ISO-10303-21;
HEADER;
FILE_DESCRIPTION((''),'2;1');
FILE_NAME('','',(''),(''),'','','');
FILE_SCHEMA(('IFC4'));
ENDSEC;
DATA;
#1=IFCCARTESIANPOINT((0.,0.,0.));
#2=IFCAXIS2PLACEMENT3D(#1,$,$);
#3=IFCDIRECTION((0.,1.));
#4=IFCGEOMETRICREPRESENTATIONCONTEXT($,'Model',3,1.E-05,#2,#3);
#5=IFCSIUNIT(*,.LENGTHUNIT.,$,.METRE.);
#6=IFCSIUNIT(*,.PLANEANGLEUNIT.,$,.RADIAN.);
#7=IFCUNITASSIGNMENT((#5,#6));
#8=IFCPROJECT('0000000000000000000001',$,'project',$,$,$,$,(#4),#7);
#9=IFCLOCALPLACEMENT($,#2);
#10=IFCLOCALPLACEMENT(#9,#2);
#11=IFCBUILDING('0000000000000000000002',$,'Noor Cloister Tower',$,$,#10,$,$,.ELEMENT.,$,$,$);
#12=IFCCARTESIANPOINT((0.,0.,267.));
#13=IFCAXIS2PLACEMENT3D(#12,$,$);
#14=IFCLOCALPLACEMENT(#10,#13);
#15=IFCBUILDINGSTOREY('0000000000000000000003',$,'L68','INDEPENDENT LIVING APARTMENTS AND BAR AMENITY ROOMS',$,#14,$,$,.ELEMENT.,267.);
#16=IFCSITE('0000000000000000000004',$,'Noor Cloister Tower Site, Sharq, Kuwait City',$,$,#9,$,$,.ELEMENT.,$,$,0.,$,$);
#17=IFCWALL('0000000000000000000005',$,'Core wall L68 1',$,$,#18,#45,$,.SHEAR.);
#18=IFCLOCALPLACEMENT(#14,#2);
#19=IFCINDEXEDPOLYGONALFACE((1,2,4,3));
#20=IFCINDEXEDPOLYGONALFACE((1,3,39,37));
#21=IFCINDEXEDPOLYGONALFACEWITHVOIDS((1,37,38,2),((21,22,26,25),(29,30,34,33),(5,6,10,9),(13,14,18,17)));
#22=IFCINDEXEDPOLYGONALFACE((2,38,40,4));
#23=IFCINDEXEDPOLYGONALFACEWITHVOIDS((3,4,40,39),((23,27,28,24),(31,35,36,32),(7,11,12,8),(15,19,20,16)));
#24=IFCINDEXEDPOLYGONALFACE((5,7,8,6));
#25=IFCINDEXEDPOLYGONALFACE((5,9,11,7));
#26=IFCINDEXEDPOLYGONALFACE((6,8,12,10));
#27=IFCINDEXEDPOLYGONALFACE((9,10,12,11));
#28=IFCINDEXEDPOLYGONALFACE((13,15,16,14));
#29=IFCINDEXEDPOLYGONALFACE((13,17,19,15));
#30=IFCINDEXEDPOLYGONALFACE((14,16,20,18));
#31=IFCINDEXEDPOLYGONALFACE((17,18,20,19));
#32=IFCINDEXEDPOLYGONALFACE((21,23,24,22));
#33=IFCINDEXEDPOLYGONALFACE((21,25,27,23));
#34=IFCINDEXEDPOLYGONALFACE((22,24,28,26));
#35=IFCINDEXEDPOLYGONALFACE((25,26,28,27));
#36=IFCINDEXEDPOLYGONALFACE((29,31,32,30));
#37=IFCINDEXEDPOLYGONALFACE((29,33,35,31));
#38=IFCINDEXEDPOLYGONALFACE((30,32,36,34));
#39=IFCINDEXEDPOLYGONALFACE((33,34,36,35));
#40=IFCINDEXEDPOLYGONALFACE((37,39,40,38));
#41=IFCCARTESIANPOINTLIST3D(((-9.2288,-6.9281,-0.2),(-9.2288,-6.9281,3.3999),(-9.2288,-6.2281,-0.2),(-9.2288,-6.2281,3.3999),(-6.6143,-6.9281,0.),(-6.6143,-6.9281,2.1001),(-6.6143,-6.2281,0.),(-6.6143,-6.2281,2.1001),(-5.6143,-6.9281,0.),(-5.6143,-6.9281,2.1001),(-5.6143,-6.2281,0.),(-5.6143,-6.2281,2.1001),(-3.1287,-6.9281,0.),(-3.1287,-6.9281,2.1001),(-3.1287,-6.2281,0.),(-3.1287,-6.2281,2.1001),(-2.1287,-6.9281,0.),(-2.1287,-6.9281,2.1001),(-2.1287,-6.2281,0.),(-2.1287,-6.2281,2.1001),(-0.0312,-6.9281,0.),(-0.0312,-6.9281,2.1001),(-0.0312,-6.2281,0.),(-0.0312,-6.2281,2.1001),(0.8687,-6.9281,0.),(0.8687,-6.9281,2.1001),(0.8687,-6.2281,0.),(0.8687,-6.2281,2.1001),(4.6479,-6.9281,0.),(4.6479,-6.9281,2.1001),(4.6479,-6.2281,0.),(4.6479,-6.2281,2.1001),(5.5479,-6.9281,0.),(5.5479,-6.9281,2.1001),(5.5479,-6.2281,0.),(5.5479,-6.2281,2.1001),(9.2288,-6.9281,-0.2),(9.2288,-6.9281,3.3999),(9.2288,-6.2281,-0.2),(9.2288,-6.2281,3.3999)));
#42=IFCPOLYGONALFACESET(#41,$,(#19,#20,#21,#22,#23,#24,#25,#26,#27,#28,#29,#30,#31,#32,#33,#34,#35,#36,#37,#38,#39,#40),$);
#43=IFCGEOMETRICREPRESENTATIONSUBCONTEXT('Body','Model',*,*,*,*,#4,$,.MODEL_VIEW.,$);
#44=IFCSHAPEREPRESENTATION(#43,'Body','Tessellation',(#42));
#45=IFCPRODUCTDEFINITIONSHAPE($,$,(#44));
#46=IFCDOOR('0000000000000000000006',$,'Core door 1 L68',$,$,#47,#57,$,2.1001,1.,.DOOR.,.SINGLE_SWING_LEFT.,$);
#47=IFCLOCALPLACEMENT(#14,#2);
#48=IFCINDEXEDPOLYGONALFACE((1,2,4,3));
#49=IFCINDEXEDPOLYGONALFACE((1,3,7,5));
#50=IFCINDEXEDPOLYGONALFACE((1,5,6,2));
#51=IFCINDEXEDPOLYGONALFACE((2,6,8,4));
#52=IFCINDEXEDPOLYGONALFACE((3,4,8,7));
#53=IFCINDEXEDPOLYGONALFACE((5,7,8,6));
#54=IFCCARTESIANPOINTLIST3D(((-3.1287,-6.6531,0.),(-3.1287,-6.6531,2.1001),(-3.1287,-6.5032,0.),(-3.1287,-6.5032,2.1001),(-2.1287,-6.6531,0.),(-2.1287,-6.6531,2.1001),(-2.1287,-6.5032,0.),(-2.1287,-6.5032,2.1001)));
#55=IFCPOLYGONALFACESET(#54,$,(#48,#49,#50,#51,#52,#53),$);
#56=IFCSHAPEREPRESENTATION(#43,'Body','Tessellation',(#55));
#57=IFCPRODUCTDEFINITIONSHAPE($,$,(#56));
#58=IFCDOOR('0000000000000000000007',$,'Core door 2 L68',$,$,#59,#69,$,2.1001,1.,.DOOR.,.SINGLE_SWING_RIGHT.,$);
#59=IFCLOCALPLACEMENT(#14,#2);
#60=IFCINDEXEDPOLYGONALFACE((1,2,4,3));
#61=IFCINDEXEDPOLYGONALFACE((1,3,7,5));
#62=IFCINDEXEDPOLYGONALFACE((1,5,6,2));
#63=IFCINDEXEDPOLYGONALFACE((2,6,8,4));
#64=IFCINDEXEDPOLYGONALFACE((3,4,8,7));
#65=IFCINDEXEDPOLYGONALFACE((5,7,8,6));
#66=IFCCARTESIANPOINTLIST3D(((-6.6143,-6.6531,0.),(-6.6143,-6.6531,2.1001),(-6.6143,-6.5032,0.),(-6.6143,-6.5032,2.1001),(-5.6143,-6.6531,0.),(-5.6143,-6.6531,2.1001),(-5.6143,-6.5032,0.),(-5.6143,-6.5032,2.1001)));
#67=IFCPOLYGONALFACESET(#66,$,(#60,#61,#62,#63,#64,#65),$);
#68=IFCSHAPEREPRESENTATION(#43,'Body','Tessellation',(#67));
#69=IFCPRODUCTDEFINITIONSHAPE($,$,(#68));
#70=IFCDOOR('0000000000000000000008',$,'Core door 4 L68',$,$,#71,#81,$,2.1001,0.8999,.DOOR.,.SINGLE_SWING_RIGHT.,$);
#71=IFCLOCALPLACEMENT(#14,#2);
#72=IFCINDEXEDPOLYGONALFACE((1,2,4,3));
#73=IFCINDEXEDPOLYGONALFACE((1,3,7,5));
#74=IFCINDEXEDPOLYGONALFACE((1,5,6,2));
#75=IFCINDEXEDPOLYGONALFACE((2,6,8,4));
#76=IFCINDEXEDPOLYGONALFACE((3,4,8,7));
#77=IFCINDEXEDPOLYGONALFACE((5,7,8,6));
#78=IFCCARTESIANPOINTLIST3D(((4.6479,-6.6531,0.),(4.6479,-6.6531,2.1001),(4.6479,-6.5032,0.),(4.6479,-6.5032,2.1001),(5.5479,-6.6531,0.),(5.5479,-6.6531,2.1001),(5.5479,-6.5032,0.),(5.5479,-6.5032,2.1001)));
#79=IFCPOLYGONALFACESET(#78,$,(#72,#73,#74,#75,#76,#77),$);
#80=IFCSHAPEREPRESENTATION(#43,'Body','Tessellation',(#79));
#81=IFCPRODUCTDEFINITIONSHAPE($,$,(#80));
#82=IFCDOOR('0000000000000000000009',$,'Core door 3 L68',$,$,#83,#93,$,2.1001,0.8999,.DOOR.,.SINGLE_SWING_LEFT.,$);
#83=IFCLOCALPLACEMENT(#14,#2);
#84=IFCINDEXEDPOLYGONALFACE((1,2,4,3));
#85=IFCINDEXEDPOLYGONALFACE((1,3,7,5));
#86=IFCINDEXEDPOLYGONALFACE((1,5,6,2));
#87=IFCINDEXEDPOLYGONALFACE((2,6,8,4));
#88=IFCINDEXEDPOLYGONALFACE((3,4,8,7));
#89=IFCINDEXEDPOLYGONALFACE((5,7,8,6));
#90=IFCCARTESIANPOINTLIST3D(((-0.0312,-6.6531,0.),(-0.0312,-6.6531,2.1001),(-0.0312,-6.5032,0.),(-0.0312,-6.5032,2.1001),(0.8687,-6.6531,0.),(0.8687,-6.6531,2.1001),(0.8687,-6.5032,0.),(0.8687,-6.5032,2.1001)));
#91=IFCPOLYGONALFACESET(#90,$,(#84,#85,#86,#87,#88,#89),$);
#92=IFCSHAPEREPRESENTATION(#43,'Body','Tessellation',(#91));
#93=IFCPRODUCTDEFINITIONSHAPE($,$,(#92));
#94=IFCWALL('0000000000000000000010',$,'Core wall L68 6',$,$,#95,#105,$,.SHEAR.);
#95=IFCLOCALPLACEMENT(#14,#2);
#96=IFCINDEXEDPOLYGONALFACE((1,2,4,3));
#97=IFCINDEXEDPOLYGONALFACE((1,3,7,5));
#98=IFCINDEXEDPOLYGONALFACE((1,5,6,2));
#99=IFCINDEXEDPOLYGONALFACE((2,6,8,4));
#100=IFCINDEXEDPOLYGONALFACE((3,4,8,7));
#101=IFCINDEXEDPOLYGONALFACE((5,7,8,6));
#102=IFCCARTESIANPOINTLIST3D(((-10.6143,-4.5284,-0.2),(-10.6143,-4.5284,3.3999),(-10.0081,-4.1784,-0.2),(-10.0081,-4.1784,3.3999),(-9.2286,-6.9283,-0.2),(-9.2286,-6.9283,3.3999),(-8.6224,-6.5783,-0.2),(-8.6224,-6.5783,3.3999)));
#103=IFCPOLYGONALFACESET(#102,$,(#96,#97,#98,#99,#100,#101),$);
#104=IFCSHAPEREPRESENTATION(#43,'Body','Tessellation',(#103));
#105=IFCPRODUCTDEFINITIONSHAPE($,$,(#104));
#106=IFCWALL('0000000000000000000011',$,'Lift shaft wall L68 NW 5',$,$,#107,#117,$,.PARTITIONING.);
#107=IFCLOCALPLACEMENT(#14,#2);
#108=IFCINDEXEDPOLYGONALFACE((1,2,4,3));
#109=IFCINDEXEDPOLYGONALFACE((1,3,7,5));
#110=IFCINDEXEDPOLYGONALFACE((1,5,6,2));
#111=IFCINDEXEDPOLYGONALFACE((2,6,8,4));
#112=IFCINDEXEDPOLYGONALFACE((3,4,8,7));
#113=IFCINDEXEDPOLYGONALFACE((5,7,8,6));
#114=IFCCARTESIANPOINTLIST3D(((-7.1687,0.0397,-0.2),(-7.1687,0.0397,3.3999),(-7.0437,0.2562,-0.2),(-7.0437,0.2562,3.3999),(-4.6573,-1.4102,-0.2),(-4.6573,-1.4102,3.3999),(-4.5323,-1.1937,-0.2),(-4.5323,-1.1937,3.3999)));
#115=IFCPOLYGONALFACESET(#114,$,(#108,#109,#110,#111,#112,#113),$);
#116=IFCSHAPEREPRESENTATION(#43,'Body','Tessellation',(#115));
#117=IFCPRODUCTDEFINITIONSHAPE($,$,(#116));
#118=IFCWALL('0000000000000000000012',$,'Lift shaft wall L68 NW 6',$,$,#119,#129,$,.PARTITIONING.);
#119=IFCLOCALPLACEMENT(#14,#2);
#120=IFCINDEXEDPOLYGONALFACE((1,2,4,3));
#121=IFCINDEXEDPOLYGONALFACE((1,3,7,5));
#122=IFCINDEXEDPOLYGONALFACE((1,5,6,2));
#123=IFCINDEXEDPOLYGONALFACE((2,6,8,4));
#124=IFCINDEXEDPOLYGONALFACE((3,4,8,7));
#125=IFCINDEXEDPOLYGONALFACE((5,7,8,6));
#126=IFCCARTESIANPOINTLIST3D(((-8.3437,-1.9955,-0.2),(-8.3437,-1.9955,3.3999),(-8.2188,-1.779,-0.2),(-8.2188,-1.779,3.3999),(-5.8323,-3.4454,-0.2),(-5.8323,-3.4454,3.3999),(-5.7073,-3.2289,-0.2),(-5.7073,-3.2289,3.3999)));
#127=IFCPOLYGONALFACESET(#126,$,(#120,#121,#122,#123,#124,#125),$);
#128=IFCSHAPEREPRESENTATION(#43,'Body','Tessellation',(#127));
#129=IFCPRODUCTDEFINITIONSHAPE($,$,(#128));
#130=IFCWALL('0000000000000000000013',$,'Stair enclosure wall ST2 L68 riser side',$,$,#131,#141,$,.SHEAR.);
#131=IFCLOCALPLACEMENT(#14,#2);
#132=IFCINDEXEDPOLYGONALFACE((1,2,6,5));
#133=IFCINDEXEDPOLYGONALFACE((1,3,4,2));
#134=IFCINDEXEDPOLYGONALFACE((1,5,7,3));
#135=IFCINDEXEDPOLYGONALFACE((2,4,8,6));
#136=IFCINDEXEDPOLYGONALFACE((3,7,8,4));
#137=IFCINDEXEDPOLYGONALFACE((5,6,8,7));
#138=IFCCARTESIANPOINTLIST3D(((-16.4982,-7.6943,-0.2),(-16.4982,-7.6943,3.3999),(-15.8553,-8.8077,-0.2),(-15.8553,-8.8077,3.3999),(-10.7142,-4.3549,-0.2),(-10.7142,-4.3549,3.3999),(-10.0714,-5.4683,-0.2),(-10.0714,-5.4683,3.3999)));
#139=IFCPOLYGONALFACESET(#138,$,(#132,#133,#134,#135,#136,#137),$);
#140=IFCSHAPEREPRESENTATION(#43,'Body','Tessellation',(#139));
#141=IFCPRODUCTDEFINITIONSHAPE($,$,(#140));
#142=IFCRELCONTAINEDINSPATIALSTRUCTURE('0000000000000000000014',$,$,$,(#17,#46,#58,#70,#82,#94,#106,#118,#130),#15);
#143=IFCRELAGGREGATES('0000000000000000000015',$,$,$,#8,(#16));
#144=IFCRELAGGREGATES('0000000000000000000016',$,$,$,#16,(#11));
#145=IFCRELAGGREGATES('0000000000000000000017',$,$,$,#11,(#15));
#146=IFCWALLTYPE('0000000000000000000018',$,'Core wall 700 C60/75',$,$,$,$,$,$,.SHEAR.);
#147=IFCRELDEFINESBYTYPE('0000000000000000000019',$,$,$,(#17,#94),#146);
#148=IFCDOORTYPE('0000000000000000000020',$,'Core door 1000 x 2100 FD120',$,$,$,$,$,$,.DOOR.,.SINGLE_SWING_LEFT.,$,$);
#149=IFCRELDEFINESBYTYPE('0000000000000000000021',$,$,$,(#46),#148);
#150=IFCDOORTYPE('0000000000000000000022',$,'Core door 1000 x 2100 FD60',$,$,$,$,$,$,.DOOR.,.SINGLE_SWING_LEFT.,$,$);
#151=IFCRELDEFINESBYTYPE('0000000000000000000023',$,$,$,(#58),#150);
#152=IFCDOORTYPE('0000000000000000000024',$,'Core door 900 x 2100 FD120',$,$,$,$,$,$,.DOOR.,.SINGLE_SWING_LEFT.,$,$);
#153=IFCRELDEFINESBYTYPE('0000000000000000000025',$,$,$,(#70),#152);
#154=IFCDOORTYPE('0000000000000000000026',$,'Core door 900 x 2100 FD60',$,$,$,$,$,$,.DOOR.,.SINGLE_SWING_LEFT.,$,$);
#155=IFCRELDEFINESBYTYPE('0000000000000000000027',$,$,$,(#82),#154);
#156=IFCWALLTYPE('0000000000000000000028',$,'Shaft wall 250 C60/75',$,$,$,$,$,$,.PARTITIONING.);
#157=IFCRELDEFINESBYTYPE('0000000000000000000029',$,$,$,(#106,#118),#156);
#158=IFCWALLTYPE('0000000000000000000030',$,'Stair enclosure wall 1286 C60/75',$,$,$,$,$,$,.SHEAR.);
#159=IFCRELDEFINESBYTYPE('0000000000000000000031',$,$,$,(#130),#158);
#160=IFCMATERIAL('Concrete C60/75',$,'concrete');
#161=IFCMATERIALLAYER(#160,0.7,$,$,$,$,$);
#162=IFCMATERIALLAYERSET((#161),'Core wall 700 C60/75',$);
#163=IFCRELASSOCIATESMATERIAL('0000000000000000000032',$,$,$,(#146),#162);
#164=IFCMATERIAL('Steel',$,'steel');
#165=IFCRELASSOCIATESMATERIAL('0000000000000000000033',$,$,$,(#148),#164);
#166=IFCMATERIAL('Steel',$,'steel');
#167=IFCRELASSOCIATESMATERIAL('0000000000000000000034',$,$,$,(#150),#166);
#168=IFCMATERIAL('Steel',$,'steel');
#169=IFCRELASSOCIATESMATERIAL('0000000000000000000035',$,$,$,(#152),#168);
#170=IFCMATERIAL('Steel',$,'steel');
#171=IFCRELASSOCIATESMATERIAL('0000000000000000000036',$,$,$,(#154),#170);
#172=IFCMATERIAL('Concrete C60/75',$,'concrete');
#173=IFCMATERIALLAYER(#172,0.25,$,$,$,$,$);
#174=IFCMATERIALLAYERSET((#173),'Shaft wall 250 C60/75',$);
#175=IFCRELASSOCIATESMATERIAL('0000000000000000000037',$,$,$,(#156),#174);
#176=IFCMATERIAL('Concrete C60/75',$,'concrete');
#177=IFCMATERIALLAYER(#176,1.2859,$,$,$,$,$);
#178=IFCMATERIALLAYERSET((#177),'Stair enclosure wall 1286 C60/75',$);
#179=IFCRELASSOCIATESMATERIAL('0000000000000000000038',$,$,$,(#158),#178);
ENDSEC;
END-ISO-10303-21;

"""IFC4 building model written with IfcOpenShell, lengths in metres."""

from ifc_helpers import new_model, si_unit, direction, frame, frame_2d, origin, place, context, subcontext, project, spatial, rectangle, extrude, material, layer, layer_set, type_object, element, fill, save


model = new_model("IFC4")

# Units and contexts
model_context = context("Model", 3, precision=1e-05, world=origin(), true_north=direction((0.0, 1.0)))
body_context = subcontext(model_context, "Body", "Model", "MODEL_VIEW")
ifc_project = project(units=[si_unit("LENGTHUNIT", "METRE"), si_unit("PLANEANGLEUNIT", "RADIAN")], contexts=[model_context])

# Site, building, storey
site_placement = place(None, origin())
site = spatial("IfcSite", under=ifc_project, at=site_placement, Name="Noor Cloister Tower Site, Sharq, Kuwait City", CompositionType="ELEMENT", RefElevation=0.0)
building_placement = place(site_placement, origin())
building = spatial("IfcBuilding", under=site, at=building_placement, Name="Noor Cloister Tower", CompositionType="ELEMENT")
storey_placement = place(building_placement, frame((0.0, 0.0, 267.0)))
storey = spatial("IfcBuildingStorey", under=building, at=storey_placement, Name="L68", Description="INDEPENDENT LIVING APARTMENTS AND BAR AMENITY ROOMS", CompositionType="ELEMENT", Elevation=267.0)

# Wall, openings, doors
ifc_material_1 = material(Name="Concrete C60/75", Category="concrete")
ifc_layer_1 = layer(ifc_material_1, 0.7)
ifc_layer_set_1 = layer_set([ifc_layer_1], Name="Core wall 700 C60/75")
wall_type_1 = type_object("IfcWallType", Name="Core wall 700 C60/75", PredefinedType="SHEAR", material=ifc_layer_set_1)
wall_1_placement = place(storey_placement, frame((-9.2288, -6.5781, -0.2), z_axis=(0.0, 0.0, 1.0), x_axis=(1.0, 0.0, 0.0)))
wall_1 = element("IfcWall", 1, at=wall_1_placement, inside=storey, type_object=wall_type_1, Name="Core wall L68 1", PredefinedType="SHEAR", context=body_context, shape_type="SweptSolid", body=[
    extrude(rectangle(XDim=18.4575, YDim=0.7, at=frame_2d((9.2288, 0.0))), origin(), (0.0, 0.0, 1.0), 3.5999),
])
opening_1_placement = place(wall_1_placement, frame((6.1001, 0.0, 0.2)))
opening_1 = element("IfcOpeningElement", 2, at=opening_1_placement, cuts=wall_1, PredefinedType="OPENING", context=body_context, shape_type="SweptSolid", body=[
    extrude(rectangle(XDim=1.0, YDim=2.1001, at=frame_2d((0.5, 1.05))), frame((0.0, 0.3599, 0.0), z_axis=(0.0, -1.0, 0.0), x_axis=(1.0, 0.0, 0.0)), (0.0, 0.0, 1.0), 0.72),
])
opening_2_placement = place(wall_1_placement, frame((2.6145, 0.0, 0.2)))
opening_2 = element("IfcOpeningElement", 3, at=opening_2_placement, cuts=wall_1, PredefinedType="OPENING", context=body_context, shape_type="SweptSolid", body=[
    extrude(rectangle(XDim=1.0, YDim=2.1001, at=frame_2d((0.5, 1.05))), frame((0.0, 0.3599, 0.0), z_axis=(0.0, -1.0, 0.0), x_axis=(1.0, 0.0, 0.0)), (0.0, 0.0, 1.0), 0.72),
])
opening_3_placement = place(wall_1_placement, frame((9.1975, 0.0, 0.2)))
opening_3 = element("IfcOpeningElement", 4, at=opening_3_placement, cuts=wall_1, PredefinedType="OPENING", context=body_context, shape_type="SweptSolid", body=[
    extrude(rectangle(XDim=0.8999, YDim=2.1001, at=frame_2d((0.45, 1.05))), frame((0.0, 0.3599, 0.0), z_axis=(0.0, -1.0, 0.0), x_axis=(1.0, 0.0, 0.0)), (0.0, 0.0, 1.0), 0.72),
])
opening_4_placement = place(wall_1_placement, frame((13.8767, 0.0, 0.2)))
opening_4 = element("IfcOpeningElement", 5, at=opening_4_placement, cuts=wall_1, PredefinedType="OPENING", context=body_context, shape_type="SweptSolid", body=[
    extrude(rectangle(XDim=0.8999, YDim=2.1001, at=frame_2d((0.45, 1.05))), frame((0.0, 0.3599, 0.0), z_axis=(0.0, -1.0, 0.0), x_axis=(1.0, 0.0, 0.0)), (0.0, 0.0, 1.0), 0.72),
])
ifc_material_2 = material(Name="Steel", Category="steel")
door_type_1 = type_object("IfcDoorType", Name="Core door 1000 x 2100 FD120", OperationType="SINGLE_SWING_LEFT", PredefinedType="DOOR", material=ifc_material_2)
door_1_placement = place(opening_1_placement, origin())
door_1 = element("IfcDoor", 6, at=door_1_placement, inside=storey, type_object=door_type_1, Name="Core door 1 L68", OperationType="SINGLE_SWING_LEFT", OverallHeight=2.1001, OverallWidth=1.0, PredefinedType="DOOR", context=body_context, shape_type="SweptSolid", body=[
    extrude(rectangle(XDim=1.0, YDim=2.1001, at=frame_2d((0.5, 1.05))), frame((0.0, 0.075, 0.0), z_axis=(0.0, -1.0, 0.0), x_axis=(1.0, 0.0, 0.0)), (0.0, 0.0, 1.0), 0.1499),
])
fill(opening_1, door_1)
ifc_material_3 = material(Name="Steel", Category="steel")
door_type_2 = type_object("IfcDoorType", Name="Core door 1000 x 2100 FD60", OperationType="SINGLE_SWING_LEFT", PredefinedType="DOOR", material=ifc_material_3)
door_2_placement = place(opening_2_placement, origin())
door_2 = element("IfcDoor", 7, at=door_2_placement, inside=storey, type_object=door_type_2, Name="Core door 2 L68", OperationType="SINGLE_SWING_RIGHT", OverallHeight=2.1001, OverallWidth=1.0, PredefinedType="DOOR", context=body_context, shape_type="SweptSolid", body=[
    extrude(rectangle(XDim=1.0, YDim=2.1001, at=frame_2d((0.5, 1.05))), frame((0.0, 0.075, 0.0), z_axis=(0.0, -1.0, 0.0), x_axis=(1.0, 0.0, 0.0)), (0.0, 0.0, 1.0), 0.1499),
])
fill(opening_2, door_2)
ifc_material_4 = material(Name="Steel", Category="steel")
door_type_3 = type_object("IfcDoorType", Name="Core door 900 x 2100 FD120", OperationType="SINGLE_SWING_LEFT", PredefinedType="DOOR", material=ifc_material_4)
door_3_placement = place(opening_4_placement, origin())
door_3 = element("IfcDoor", 8, at=door_3_placement, inside=storey, type_object=door_type_3, Name="Core door 4 L68", OperationType="SINGLE_SWING_RIGHT", OverallHeight=2.1001, OverallWidth=0.8999, PredefinedType="DOOR", context=body_context, shape_type="SweptSolid", body=[
    extrude(rectangle(XDim=0.8999, YDim=2.1001, at=frame_2d((0.45, 1.05))), frame((0.0, 0.075, 0.0), z_axis=(0.0, -1.0, 0.0), x_axis=(1.0, 0.0, 0.0)), (0.0, 0.0, 1.0), 0.1499),
])
fill(opening_4, door_3)
ifc_material_5 = material(Name="Steel", Category="steel")
door_type_4 = type_object("IfcDoorType", Name="Core door 900 x 2100 FD60", OperationType="SINGLE_SWING_LEFT", PredefinedType="DOOR", material=ifc_material_5)
door_4_placement = place(opening_3_placement, origin())
door_4 = element("IfcDoor", 9, at=door_4_placement, inside=storey, type_object=door_type_4, Name="Core door 3 L68", OperationType="SINGLE_SWING_LEFT", OverallHeight=2.1001, OverallWidth=0.8999, PredefinedType="DOOR", context=body_context, shape_type="SweptSolid", body=[
    extrude(rectangle(XDim=0.8999, YDim=2.1001, at=frame_2d((0.45, 1.05))), frame((0.0, 0.075, 0.0), z_axis=(0.0, -1.0, 0.0), x_axis=(1.0, 0.0, 0.0)), (0.0, 0.0, 1.0), 0.1499),
])
fill(opening_3, door_4)

# Walls
wall_2_placement = place(storey_placement, frame((-10.3113, -4.3533, -0.2), z_axis=(0.0, 0.0, 1.0), x_axis=(0.500043, -0.866001, 0.0)))
element("IfcWall", 10, at=wall_2_placement, inside=storey, type_object=wall_type_1, Name="Core wall L68 6", PredefinedType="SHEAR", context=body_context, shape_type="SweptSolid", body=[
    extrude(rectangle(XDim=2.7712, YDim=0.7, at=frame_2d((1.3857, 0.0))), origin(), (0.0, 0.0, 1.0), 3.5999),
])
ifc_material_6 = material(Name="Concrete C60/75", Category="concrete")
ifc_layer_2 = layer(ifc_material_6, 0.25)
ifc_layer_set_2 = layer_set([ifc_layer_2], Name="Shaft wall 250 C60/75")
wall_type_2 = type_object("IfcWallType", Name="Shaft wall 250 C60/75", PredefinedType="PARTITIONING", material=ifc_layer_set_2)
for number, where, z_axis, x_axis, name in (
    (11, (-7.1062, 0.1479, -0.2), (0.0, 0.0, 1.0), (0.866033, -0.499987, 0.0), "Lift shaft wall L68 NW 5"),
    (12, (-8.2812, -1.8872, -0.2), (0.0, 0.0, 1.0), (0.866033, -0.499987, 0.0), "Lift shaft wall L68 NW 6"),
):
    element("IfcWall", number, at=place(storey_placement, frame(where, z_axis=z_axis, x_axis=x_axis)), inside=storey, type_object=wall_type_2, Name=name, PredefinedType="PARTITIONING", context=body_context, shape_type="SweptSolid", body=[
        extrude(rectangle(XDim=2.8999, YDim=0.25, at=frame_2d((1.45, 0.0))), origin(), (0.0, 0.0, 1.0), 3.5999),
    ])
ifc_material_7 = material(Name="Concrete C60/75", Category="concrete")
ifc_layer_3 = layer(ifc_material_7, 1.2859)
ifc_layer_set_3 = layer_set([ifc_layer_3], Name="Stair enclosure wall 1286 C60/75")
wall_type_3 = type_object("IfcWallType", Name="Stair enclosure wall 1286 C60/75", PredefinedType="SHEAR", material=ifc_layer_set_3)
wall_3_placement = place(storey_placement, frame((-10.3928, -4.9116, -0.2), z_axis=(0.0, 0.0, 1.0), x_axis=(-0.866025, -0.5, 0.0)))
element("IfcWall", 13, at=wall_3_placement, inside=storey, type_object=wall_type_3, Name="Stair enclosure wall ST2 L68 riser side", PredefinedType="SHEAR", context=body_context, shape_type="SweptSolid", body=[
    extrude(rectangle(XDim=6.6787, YDim=1.2856, at=frame_2d((3.3394, 0.0))), origin(), (0.0, 0.0, 1.0), 3.5999),
])

save(model, "model.ifc")
